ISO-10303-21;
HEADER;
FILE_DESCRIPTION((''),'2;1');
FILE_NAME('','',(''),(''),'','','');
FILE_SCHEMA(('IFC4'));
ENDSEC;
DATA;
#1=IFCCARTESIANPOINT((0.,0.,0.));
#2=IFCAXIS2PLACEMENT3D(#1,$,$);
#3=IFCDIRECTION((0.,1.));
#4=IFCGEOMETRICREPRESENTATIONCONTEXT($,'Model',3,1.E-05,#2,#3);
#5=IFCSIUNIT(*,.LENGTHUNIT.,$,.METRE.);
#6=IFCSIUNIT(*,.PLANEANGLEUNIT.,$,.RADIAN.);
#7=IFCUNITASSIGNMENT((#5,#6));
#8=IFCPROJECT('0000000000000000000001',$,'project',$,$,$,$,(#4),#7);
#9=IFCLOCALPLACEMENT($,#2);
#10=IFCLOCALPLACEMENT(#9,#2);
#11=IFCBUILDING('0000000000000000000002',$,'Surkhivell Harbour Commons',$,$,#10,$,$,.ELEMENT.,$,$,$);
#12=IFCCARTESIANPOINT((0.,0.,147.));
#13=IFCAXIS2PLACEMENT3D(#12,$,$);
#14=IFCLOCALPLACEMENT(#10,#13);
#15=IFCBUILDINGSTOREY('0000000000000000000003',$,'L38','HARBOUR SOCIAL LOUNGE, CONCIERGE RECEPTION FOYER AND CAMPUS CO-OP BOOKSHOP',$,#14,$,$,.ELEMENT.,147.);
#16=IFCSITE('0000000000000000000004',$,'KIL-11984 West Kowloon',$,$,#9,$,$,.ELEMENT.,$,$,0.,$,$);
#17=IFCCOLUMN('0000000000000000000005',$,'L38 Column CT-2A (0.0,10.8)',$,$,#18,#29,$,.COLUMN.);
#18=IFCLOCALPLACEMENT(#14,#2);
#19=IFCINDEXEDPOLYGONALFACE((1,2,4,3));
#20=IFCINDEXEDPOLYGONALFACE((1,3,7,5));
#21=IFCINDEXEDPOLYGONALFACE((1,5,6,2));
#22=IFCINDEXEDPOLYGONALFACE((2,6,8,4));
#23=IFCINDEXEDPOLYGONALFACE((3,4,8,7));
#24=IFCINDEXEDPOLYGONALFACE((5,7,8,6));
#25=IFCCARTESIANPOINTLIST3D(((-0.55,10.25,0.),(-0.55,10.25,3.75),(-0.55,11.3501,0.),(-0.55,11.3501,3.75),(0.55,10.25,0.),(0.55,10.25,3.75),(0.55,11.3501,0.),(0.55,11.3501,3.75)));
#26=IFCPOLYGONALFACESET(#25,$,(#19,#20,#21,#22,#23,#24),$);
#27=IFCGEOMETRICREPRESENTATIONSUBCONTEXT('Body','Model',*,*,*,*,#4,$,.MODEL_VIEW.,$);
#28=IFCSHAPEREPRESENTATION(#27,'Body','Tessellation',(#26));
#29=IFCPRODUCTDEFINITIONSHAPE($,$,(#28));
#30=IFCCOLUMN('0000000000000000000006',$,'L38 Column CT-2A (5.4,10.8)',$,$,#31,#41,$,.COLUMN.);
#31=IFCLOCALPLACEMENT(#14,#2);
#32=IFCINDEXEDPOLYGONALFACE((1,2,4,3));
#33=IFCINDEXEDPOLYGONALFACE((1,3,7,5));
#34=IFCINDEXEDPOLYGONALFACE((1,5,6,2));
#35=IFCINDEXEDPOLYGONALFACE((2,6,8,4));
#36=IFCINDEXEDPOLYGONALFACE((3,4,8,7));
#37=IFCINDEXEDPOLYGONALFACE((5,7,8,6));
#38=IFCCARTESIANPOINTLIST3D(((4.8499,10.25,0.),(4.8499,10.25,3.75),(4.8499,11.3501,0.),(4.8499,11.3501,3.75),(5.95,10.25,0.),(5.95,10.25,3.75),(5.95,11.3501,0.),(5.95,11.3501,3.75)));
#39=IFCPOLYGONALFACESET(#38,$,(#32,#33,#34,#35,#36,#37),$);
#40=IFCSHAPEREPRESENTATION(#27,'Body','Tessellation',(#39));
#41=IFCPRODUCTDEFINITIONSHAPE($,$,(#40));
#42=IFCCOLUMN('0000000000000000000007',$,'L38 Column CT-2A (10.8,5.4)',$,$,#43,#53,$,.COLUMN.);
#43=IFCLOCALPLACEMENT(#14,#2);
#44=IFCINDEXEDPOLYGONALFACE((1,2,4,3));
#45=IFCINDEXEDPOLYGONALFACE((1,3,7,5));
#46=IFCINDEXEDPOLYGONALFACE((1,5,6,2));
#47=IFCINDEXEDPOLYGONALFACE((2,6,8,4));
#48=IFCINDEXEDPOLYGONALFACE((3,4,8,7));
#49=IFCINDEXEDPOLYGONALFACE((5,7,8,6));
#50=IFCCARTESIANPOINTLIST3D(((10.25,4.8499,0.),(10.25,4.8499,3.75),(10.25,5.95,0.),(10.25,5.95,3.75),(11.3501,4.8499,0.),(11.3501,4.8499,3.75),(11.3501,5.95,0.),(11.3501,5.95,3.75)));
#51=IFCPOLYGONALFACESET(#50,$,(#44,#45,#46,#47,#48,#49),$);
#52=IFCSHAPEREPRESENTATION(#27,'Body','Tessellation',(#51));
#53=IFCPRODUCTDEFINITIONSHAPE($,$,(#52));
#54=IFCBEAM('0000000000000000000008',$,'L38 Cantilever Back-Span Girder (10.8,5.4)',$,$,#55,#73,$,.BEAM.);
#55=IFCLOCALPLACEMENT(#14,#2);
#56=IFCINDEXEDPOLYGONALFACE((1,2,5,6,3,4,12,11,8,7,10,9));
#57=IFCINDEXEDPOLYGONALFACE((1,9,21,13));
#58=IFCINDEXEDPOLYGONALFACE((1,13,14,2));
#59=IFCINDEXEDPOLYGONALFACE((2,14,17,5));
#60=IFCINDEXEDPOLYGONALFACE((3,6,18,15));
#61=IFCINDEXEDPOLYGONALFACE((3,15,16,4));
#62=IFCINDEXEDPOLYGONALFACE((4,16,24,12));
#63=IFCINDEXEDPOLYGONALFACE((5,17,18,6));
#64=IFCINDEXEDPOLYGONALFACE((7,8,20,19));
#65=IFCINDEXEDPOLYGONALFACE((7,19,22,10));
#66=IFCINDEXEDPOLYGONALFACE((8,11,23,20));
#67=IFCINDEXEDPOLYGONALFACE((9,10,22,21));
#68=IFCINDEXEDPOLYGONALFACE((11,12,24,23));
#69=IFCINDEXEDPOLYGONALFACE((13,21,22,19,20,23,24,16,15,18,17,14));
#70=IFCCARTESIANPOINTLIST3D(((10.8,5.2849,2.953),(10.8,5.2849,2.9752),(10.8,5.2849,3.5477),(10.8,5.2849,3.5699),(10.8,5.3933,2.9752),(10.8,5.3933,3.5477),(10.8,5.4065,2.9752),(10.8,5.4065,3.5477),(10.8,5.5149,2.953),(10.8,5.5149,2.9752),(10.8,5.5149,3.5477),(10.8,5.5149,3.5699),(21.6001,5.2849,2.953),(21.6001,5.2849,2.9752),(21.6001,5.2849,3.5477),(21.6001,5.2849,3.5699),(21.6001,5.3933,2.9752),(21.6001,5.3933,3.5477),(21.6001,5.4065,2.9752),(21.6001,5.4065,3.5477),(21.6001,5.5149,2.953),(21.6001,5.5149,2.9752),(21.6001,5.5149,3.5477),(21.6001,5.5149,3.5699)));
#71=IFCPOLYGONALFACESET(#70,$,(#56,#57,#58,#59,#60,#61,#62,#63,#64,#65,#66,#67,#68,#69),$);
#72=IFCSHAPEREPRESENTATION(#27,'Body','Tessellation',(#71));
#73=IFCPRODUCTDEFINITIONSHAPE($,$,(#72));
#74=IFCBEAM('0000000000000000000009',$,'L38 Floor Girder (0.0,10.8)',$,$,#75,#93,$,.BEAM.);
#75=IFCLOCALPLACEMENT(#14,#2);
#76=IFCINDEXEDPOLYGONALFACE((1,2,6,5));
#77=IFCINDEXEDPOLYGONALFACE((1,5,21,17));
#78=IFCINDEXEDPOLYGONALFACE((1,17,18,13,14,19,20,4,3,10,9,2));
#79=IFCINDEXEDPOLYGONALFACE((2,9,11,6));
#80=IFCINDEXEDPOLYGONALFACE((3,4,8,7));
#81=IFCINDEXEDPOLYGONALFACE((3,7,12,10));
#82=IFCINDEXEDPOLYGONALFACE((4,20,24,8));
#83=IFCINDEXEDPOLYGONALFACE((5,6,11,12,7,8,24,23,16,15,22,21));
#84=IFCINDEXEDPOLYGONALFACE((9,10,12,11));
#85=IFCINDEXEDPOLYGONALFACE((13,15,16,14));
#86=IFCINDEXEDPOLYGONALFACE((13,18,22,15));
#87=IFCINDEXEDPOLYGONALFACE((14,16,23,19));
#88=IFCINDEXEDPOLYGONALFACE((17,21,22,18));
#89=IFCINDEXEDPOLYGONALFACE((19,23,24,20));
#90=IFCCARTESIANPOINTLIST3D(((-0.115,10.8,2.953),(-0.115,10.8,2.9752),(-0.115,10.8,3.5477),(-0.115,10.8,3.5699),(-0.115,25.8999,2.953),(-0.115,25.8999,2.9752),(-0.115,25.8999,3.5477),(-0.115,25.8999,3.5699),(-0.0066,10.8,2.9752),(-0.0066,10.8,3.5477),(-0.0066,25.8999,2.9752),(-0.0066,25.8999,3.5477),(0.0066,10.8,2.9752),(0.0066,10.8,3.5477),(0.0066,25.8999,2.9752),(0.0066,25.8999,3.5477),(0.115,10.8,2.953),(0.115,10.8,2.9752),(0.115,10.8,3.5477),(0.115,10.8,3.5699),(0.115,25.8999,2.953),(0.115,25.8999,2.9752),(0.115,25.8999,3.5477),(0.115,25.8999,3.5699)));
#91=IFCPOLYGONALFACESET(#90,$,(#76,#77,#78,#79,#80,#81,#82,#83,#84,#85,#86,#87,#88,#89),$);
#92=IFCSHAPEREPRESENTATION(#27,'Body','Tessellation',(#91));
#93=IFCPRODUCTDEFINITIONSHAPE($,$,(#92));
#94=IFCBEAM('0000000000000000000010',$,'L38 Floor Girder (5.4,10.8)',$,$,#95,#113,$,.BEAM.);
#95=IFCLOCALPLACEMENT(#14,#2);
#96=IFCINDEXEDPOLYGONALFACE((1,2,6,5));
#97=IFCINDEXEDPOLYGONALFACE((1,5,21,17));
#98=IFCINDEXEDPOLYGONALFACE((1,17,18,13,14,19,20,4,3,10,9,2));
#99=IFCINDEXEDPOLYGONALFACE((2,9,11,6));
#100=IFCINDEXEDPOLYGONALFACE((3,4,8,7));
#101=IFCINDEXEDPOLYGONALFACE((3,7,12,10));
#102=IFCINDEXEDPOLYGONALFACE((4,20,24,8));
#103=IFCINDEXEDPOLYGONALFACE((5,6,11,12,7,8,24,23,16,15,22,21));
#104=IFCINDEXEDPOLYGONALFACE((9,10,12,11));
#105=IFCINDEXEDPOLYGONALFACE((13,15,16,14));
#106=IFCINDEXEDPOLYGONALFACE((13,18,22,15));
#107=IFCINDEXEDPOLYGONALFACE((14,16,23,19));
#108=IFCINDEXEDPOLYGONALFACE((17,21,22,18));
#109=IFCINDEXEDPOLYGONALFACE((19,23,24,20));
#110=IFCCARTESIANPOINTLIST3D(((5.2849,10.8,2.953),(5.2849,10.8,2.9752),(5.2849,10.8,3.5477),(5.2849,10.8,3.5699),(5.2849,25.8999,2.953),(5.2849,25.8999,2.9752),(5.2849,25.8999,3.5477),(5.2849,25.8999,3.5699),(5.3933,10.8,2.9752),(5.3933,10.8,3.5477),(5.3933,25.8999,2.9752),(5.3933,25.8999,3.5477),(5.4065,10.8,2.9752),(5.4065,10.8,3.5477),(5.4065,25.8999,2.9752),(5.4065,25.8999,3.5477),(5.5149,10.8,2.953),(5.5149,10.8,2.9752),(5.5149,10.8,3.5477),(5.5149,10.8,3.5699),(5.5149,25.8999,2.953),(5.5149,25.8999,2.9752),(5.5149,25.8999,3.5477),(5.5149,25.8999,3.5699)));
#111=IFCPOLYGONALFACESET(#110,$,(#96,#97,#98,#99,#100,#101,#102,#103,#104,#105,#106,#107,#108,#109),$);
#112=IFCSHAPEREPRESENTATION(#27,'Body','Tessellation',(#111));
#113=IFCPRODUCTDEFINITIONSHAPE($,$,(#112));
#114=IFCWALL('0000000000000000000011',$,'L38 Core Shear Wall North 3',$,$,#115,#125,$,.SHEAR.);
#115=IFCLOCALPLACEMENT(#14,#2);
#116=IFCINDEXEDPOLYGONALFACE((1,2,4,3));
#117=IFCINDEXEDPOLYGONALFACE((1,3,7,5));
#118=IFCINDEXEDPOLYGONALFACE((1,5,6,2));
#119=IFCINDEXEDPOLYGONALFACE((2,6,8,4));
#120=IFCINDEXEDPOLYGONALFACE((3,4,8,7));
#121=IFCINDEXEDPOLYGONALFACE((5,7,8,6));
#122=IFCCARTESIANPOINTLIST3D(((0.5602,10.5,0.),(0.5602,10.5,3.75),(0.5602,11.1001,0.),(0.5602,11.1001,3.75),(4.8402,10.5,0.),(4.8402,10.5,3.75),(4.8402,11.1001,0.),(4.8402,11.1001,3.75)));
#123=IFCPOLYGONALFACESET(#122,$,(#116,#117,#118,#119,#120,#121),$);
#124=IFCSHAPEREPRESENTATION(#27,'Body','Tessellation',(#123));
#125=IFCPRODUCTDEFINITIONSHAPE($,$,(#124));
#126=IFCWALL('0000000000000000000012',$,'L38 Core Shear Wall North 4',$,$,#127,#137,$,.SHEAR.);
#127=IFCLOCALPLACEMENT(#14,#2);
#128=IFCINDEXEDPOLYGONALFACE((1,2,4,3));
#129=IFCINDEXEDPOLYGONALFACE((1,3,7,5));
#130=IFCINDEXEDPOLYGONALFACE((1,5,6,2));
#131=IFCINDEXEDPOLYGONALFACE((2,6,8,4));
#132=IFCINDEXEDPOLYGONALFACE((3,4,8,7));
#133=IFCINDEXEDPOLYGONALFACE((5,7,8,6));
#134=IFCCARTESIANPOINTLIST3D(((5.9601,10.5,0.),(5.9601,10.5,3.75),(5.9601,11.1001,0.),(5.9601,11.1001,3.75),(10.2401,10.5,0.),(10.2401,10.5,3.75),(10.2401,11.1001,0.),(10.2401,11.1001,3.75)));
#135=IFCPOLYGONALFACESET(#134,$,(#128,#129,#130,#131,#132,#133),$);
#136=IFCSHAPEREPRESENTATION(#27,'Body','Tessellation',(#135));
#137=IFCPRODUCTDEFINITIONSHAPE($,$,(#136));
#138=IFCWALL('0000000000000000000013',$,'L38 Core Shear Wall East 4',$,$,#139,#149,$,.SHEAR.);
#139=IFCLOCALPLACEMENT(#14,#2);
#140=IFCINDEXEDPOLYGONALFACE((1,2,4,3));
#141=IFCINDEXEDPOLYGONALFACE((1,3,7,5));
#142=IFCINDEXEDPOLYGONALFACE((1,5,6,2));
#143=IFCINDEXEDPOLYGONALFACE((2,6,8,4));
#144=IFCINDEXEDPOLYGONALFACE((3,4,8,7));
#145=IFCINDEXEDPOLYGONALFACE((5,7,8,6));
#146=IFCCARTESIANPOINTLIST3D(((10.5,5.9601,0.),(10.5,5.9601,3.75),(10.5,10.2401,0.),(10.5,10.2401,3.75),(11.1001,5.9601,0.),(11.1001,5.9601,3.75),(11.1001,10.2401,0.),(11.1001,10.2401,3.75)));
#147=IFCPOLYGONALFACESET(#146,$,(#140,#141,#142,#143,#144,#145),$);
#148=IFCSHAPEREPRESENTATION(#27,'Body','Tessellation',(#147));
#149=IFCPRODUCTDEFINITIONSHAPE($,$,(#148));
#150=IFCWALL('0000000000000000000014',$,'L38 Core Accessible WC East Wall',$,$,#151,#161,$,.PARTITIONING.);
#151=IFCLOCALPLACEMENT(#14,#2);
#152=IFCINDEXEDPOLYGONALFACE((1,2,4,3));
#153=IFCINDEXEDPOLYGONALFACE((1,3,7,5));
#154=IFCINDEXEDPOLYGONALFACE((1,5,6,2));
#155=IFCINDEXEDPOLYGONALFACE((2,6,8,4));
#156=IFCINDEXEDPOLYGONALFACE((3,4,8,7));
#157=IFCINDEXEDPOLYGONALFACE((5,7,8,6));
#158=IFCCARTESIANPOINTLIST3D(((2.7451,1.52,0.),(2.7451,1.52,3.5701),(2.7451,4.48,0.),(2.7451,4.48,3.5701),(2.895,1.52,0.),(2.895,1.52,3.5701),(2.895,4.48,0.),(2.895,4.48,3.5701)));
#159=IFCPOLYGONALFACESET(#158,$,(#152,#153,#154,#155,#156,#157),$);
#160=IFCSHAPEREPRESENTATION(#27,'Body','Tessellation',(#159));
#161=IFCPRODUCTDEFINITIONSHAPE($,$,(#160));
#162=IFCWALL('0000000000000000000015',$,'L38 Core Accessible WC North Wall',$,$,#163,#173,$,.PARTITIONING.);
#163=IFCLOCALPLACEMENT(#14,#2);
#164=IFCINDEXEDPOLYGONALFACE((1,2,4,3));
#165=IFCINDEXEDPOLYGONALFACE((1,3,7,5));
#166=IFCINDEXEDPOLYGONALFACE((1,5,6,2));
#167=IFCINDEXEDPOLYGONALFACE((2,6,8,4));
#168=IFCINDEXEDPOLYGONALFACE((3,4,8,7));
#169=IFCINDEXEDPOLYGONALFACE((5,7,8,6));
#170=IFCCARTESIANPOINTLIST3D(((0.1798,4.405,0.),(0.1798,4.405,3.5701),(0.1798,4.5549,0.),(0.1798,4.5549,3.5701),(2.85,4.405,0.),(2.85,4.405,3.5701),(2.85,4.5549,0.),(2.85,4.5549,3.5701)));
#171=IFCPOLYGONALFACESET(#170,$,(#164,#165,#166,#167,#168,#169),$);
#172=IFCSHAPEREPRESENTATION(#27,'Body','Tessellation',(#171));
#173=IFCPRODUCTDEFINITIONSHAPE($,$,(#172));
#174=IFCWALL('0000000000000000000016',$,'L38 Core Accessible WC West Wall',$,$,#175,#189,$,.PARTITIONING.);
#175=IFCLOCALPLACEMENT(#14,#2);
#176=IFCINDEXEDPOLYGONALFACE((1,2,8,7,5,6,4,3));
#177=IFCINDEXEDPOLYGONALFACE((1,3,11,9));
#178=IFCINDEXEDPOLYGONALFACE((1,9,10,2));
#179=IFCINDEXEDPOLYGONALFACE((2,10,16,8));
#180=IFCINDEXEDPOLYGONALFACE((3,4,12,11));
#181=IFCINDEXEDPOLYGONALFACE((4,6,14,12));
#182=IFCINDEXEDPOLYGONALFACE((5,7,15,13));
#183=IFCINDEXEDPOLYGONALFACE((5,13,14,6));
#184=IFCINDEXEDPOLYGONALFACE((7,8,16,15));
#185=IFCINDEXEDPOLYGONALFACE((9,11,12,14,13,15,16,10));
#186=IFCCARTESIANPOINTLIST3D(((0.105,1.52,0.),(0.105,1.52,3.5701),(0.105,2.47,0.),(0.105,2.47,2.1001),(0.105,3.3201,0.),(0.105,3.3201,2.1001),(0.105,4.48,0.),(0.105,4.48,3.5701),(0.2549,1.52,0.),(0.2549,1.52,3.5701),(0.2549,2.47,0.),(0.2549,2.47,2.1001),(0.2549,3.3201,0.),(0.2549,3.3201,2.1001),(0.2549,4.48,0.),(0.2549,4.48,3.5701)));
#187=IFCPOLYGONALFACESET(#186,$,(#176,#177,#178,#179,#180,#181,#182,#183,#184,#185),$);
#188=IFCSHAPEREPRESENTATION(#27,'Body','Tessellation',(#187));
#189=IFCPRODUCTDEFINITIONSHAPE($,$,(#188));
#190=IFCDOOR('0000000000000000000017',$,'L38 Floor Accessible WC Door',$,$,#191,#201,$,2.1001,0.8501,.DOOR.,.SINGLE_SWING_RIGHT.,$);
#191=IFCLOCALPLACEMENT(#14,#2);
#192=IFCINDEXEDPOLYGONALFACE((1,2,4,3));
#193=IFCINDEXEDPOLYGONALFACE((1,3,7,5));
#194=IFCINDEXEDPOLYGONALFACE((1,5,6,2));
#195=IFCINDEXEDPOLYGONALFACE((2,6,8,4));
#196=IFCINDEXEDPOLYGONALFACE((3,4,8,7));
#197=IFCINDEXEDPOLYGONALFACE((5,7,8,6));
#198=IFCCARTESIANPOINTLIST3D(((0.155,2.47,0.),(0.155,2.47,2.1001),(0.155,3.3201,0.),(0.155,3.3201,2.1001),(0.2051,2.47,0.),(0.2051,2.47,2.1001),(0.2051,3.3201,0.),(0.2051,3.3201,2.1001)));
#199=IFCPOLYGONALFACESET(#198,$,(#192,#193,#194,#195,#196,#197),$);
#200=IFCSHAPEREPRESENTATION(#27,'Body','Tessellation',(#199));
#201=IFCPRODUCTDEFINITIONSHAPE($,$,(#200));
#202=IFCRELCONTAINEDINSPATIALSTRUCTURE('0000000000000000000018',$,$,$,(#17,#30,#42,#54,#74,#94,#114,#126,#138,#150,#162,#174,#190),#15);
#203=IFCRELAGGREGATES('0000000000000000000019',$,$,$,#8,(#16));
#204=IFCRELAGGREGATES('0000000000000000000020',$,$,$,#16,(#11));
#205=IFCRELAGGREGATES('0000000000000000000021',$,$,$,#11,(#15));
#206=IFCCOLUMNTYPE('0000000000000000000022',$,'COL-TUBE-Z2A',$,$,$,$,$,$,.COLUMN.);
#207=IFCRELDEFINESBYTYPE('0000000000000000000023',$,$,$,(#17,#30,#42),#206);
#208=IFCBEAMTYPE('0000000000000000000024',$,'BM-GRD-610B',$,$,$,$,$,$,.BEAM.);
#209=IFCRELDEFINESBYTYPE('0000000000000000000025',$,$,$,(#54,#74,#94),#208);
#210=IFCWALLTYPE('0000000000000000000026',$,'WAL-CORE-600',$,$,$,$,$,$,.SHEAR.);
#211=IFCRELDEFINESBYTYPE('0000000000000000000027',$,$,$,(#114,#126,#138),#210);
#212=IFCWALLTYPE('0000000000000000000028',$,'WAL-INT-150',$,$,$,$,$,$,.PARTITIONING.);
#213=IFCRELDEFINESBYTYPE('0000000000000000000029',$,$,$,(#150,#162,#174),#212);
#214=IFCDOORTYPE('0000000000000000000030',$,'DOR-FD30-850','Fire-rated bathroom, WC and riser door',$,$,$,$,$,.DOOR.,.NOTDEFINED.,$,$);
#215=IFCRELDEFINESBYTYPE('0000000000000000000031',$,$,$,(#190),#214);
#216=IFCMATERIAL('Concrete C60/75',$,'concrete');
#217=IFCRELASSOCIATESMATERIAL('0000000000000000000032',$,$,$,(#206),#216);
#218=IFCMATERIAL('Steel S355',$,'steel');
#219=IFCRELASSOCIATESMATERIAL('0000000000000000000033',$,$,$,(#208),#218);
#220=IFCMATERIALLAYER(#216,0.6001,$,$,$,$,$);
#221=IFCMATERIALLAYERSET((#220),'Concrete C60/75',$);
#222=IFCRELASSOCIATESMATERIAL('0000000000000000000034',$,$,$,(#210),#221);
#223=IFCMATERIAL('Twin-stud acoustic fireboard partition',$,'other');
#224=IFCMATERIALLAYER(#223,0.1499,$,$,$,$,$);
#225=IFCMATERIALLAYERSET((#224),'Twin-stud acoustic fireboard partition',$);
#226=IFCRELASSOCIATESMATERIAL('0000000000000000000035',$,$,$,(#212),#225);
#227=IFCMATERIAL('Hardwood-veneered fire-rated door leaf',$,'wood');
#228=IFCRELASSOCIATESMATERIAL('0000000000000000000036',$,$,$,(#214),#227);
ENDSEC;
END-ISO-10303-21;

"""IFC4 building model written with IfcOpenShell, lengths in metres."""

from ifc_helpers import new_model, si_unit, direction, frame, frame_2d, origin, origin_2d, place, context, subcontext, project, spatial, rectangle, i_section, extrude, material, layer, layer_set, material_profile, profile_set, type_object, element, fill, save


model = new_model("IFC4")

# Units and contexts
model_context = context("Model", 3, precision=1e-05, world=origin(), true_north=direction((0.0, 1.0)))
body_context = subcontext(model_context, "Body", "Model", "MODEL_VIEW")
ifc_project = project(units=[si_unit("LENGTHUNIT", "METRE"), si_unit("PLANEANGLEUNIT", "RADIAN")], contexts=[model_context])

# Site, building, storey
site_placement = place(None, origin())
site = spatial("IfcSite", under=ifc_project, at=site_placement, Name="KIL-11984 West Kowloon", CompositionType="ELEMENT", RefElevation=0.0)
building_placement = place(site_placement, origin())
building = spatial("IfcBuilding", under=site, at=building_placement, Name="Surkhivell Harbour Commons", CompositionType="ELEMENT")
storey_placement = place(building_placement, frame((0.0, 0.0, 147.0)))
storey = spatial("IfcBuildingStorey", under=building, at=storey_placement, Name="L38", Description="HARBOUR SOCIAL LOUNGE, CONCIERGE RECEPTION FOYER AND CAMPUS CO-OP BOOKSHOP", CompositionType="ELEMENT", Elevation=147.0)

# Columns
ifc_material_1 = material(Name="Concrete C60/75", Category="concrete")
ifc_material_profile_1 = material_profile(ifc_material_1, rectangle(XDim=1.1001, YDim=1.1001, at=origin_2d()), Name="RC-COL-1100x1100")
ifc_profile_set_1 = profile_set([ifc_material_profile_1], Name="Concrete C60/75")
column_type = type_object("IfcColumnType", Name="COL-TUBE-Z2A", PredefinedType="COLUMN", material=ifc_profile_set_1)
for number, where, z_axis, x_axis, name in (
    (1, (0.0, 10.8, 0.0), (0.0, 0.0, 1.0), (1.0, 0.0, 0.0), "L38 Column CT-2A (0.0,10.8)"),
    (2, (5.3999, 10.8, 0.0), (0.0, 0.0, 1.0), (1.0, 0.0, 0.0), "L38 Column CT-2A (5.4,10.8)"),
    (3, (10.8, 5.3999, 0.0), (0.0, 0.0, 1.0), (1.0, 0.0, 0.0), "L38 Column CT-2A (10.8,5.4)"),
):
    element("IfcColumn", number, at=place(storey_placement, frame(where, z_axis=z_axis, x_axis=x_axis)), inside=storey, type_object=column_type, Name=name, PredefinedType="COLUMN", context=body_context, shape_type="SweptSolid", body=[
        extrude(rectangle(XDim=1.1001, YDim=1.1001, at=origin_2d()), origin(), (0.0, 0.0, 1.0), 3.75),
    ])

# Beams
ifc_material_2 = material(Name="Steel S355", Category="steel")
ifc_material_profile_2 = material_profile(ifc_material_2, i_section(OverallWidth=0.23, OverallDepth=0.6169, WebThickness=0.0132, FlangeThickness=0.0222, at=origin_2d()), Name="UB610x229x140")
ifc_profile_set_2 = profile_set([ifc_material_profile_2], Name="Steel S355")
beam_type = type_object("IfcBeamType", Name="BM-GRD-610B", PredefinedType="BEAM", material=ifc_profile_set_2)
beam_placement = place(storey_placement, frame((10.8, 5.3999, 3.2615), z_axis=(1.0, 0.0, 0.0), x_axis=(0.0, 1.0, 0.0)))
element("IfcBeam", 4, at=beam_placement, inside=storey, type_object=beam_type, Name="L38 Cantilever Back-Span Girder (10.8,5.4)", PredefinedType="BEAM", context=body_context, shape_type="SweptSolid", body=[
    extrude(i_section(OverallWidth=0.23, OverallDepth=0.6169, WebThickness=0.0132, FlangeThickness=0.0222, at=origin_2d()), origin(), (0.0, 0.0, 1.0), 10.8),
])
for number, where, z_axis, x_axis, name in (
    (5, (0.0, 10.8, 3.2615), (0.0, 1.0, 0.0), (-1.0, 0.0, 0.0), "L38 Floor Girder (0.0,10.8)"),
    (6, (5.3999, 10.8, 3.2615), (0.0, 1.0, 0.0), (-1.0, 0.0, 0.0), "L38 Floor Girder (5.4,10.8)"),
):
    element("IfcBeam", number, at=place(storey_placement, frame(where, z_axis=z_axis, x_axis=x_axis)), inside=storey, type_object=beam_type, Name=name, PredefinedType="BEAM", context=body_context, shape_type="SweptSolid", body=[
        extrude(i_section(OverallWidth=0.23, OverallDepth=0.6169, WebThickness=0.0132, FlangeThickness=0.0222, at=origin_2d()), origin(), (0.0, 0.0, 1.0), 15.0999),
    ])

# Walls
ifc_layer_1 = layer(ifc_material_1, 0.6001)
ifc_layer_set_1 = layer_set([ifc_layer_1], Name="Concrete C60/75")
wall_type_1 = type_object("IfcWallType", Name="WAL-CORE-600", PredefinedType="SHEAR", material=ifc_layer_set_1)
for number, where, z_axis, x_axis, name in (
    (7, (0.5601, 10.8, 0.0), (0.0, 0.0, 1.0), (1.0, 0.0, 0.0), "L38 Core Shear Wall North 3"),
    (8, (5.96, 10.8, 0.0), (0.0, 0.0, 1.0), (1.0, 0.0, 0.0), "L38 Core Shear Wall North 4"),
    (9, (10.8, 5.96, 0.0), (0.0, 0.0, 1.0), (0.0, 1.0, 0.0), "L38 Core Shear Wall East 4"),
):
    element("IfcWall", number, at=place(storey_placement, frame(where, z_axis=z_axis, x_axis=x_axis)), inside=storey, type_object=wall_type_1, Name=name, PredefinedType="SHEAR", context=body_context, shape_type="SweptSolid", body=[
        extrude(rectangle(XDim=4.28, YDim=0.6001, at=frame_2d((2.1401, 0.0))), origin(), (0.0, 0.0, 1.0), 3.75),
    ])
ifc_material_3 = material(Name="Twin-stud acoustic fireboard partition", Category="other")
ifc_layer_2 = layer(ifc_material_3, 0.1499)
ifc_layer_set_2 = layer_set([ifc_layer_2], Name="Twin-stud acoustic fireboard partition")
wall_type_2 = type_object("IfcWallType", Name="WAL-INT-150", PredefinedType="PARTITIONING", material=ifc_layer_set_2)
wall_1_placement = place(storey_placement, frame((2.8201, 1.52, 0.0), z_axis=(0.0, 0.0, 1.0), x_axis=(0.0, 1.0, 0.0)))
element("IfcWall", 10, at=wall_1_placement, inside=storey, type_object=wall_type_2, Name="L38 Core Accessible WC East Wall", PredefinedType="PARTITIONING", context=body_context, shape_type="SweptSolid", body=[
    extrude(rectangle(XDim=2.96, YDim=0.1499, at=frame_2d((1.48, 0.0))), origin(), (0.0, 0.0, 1.0), 3.5701),
])
wall_2_placement = place(storey_placement, frame((0.1799, 4.48, 0.0), z_axis=(0.0, 0.0, 1.0), x_axis=(1.0, 0.0, 0.0)))
element("IfcWall", 11, at=wall_2_placement, inside=storey, type_object=wall_type_2, Name="L38 Core Accessible WC North Wall", PredefinedType="PARTITIONING", context=body_context, shape_type="SweptSolid", body=[
    extrude(rectangle(XDim=2.6702, YDim=0.1499, at=frame_2d((1.335, 0.0))), origin(), (0.0, 0.0, 1.0), 3.5701),
])

# Wall, opening, door
wall_3_placement = place(storey_placement, frame((0.1799, 1.52, 0.0), z_axis=(0.0, 0.0, 1.0), x_axis=(0.0, 1.0, 0.0)))
wall_3 = element("IfcWall", 12, at=wall_3_placement, inside=storey, type_object=wall_type_2, Name="L38 Core Accessible WC West Wall", PredefinedType="PARTITIONING", context=body_context, shape_type="SweptSolid", body=[
    extrude(rectangle(XDim=2.96, YDim=0.1499, at=frame_2d((1.48, 0.0))), origin(), (0.0, 0.0, 1.0), 3.5701),
])
opening_1_placement = place(wall_3_placement, frame((0.95, 0.0, 0.0)))
opening_1 = element("IfcOpeningElement", 13, at=opening_1_placement, cuts=wall_3, PredefinedType="OPENING", context=body_context, shape_type="SweptSolid", body=[
    extrude(rectangle(XDim=0.8501, YDim=2.1001, at=frame_2d((0.425, 1.05))), frame((0.0, 0.085, 0.0), z_axis=(0.0, -1.0, 0.0), x_axis=(1.0, 0.0, 0.0)), (0.0, 0.0, 1.0), 0.1699),
])
ifc_material_4 = material(Name="Hardwood-veneered fire-rated door leaf", Category="wood")
door_type_1 = type_object("IfcDoorType", Name="DOR-FD30-850", Description="Fire-rated bathroom, WC and riser door", OperationType="NOTDEFINED", PredefinedType="DOOR", material=ifc_material_4)
door_1_placement = place(opening_1_placement, origin())
door_1 = element("IfcDoor", 14, at=door_1_placement, inside=storey, type_object=door_type_1, Name="L38 Floor Accessible WC Door", OperationType="SINGLE_SWING_RIGHT", OverallHeight=2.1001, OverallWidth=0.8501, PredefinedType="DOOR", context=body_context, shape_type="SweptSolid", body=[
    extrude(rectangle(XDim=0.8501, YDim=2.1001, at=frame_2d((0.425, 1.05))), frame((0.0, 0.0249, 0.0), z_axis=(0.0, -1.0, 0.0), x_axis=(1.0, 0.0, 0.0)), (0.0, 0.0, 1.0), 0.05),
])
fill(opening_1, door_1)

save(model, "model.ifc")
